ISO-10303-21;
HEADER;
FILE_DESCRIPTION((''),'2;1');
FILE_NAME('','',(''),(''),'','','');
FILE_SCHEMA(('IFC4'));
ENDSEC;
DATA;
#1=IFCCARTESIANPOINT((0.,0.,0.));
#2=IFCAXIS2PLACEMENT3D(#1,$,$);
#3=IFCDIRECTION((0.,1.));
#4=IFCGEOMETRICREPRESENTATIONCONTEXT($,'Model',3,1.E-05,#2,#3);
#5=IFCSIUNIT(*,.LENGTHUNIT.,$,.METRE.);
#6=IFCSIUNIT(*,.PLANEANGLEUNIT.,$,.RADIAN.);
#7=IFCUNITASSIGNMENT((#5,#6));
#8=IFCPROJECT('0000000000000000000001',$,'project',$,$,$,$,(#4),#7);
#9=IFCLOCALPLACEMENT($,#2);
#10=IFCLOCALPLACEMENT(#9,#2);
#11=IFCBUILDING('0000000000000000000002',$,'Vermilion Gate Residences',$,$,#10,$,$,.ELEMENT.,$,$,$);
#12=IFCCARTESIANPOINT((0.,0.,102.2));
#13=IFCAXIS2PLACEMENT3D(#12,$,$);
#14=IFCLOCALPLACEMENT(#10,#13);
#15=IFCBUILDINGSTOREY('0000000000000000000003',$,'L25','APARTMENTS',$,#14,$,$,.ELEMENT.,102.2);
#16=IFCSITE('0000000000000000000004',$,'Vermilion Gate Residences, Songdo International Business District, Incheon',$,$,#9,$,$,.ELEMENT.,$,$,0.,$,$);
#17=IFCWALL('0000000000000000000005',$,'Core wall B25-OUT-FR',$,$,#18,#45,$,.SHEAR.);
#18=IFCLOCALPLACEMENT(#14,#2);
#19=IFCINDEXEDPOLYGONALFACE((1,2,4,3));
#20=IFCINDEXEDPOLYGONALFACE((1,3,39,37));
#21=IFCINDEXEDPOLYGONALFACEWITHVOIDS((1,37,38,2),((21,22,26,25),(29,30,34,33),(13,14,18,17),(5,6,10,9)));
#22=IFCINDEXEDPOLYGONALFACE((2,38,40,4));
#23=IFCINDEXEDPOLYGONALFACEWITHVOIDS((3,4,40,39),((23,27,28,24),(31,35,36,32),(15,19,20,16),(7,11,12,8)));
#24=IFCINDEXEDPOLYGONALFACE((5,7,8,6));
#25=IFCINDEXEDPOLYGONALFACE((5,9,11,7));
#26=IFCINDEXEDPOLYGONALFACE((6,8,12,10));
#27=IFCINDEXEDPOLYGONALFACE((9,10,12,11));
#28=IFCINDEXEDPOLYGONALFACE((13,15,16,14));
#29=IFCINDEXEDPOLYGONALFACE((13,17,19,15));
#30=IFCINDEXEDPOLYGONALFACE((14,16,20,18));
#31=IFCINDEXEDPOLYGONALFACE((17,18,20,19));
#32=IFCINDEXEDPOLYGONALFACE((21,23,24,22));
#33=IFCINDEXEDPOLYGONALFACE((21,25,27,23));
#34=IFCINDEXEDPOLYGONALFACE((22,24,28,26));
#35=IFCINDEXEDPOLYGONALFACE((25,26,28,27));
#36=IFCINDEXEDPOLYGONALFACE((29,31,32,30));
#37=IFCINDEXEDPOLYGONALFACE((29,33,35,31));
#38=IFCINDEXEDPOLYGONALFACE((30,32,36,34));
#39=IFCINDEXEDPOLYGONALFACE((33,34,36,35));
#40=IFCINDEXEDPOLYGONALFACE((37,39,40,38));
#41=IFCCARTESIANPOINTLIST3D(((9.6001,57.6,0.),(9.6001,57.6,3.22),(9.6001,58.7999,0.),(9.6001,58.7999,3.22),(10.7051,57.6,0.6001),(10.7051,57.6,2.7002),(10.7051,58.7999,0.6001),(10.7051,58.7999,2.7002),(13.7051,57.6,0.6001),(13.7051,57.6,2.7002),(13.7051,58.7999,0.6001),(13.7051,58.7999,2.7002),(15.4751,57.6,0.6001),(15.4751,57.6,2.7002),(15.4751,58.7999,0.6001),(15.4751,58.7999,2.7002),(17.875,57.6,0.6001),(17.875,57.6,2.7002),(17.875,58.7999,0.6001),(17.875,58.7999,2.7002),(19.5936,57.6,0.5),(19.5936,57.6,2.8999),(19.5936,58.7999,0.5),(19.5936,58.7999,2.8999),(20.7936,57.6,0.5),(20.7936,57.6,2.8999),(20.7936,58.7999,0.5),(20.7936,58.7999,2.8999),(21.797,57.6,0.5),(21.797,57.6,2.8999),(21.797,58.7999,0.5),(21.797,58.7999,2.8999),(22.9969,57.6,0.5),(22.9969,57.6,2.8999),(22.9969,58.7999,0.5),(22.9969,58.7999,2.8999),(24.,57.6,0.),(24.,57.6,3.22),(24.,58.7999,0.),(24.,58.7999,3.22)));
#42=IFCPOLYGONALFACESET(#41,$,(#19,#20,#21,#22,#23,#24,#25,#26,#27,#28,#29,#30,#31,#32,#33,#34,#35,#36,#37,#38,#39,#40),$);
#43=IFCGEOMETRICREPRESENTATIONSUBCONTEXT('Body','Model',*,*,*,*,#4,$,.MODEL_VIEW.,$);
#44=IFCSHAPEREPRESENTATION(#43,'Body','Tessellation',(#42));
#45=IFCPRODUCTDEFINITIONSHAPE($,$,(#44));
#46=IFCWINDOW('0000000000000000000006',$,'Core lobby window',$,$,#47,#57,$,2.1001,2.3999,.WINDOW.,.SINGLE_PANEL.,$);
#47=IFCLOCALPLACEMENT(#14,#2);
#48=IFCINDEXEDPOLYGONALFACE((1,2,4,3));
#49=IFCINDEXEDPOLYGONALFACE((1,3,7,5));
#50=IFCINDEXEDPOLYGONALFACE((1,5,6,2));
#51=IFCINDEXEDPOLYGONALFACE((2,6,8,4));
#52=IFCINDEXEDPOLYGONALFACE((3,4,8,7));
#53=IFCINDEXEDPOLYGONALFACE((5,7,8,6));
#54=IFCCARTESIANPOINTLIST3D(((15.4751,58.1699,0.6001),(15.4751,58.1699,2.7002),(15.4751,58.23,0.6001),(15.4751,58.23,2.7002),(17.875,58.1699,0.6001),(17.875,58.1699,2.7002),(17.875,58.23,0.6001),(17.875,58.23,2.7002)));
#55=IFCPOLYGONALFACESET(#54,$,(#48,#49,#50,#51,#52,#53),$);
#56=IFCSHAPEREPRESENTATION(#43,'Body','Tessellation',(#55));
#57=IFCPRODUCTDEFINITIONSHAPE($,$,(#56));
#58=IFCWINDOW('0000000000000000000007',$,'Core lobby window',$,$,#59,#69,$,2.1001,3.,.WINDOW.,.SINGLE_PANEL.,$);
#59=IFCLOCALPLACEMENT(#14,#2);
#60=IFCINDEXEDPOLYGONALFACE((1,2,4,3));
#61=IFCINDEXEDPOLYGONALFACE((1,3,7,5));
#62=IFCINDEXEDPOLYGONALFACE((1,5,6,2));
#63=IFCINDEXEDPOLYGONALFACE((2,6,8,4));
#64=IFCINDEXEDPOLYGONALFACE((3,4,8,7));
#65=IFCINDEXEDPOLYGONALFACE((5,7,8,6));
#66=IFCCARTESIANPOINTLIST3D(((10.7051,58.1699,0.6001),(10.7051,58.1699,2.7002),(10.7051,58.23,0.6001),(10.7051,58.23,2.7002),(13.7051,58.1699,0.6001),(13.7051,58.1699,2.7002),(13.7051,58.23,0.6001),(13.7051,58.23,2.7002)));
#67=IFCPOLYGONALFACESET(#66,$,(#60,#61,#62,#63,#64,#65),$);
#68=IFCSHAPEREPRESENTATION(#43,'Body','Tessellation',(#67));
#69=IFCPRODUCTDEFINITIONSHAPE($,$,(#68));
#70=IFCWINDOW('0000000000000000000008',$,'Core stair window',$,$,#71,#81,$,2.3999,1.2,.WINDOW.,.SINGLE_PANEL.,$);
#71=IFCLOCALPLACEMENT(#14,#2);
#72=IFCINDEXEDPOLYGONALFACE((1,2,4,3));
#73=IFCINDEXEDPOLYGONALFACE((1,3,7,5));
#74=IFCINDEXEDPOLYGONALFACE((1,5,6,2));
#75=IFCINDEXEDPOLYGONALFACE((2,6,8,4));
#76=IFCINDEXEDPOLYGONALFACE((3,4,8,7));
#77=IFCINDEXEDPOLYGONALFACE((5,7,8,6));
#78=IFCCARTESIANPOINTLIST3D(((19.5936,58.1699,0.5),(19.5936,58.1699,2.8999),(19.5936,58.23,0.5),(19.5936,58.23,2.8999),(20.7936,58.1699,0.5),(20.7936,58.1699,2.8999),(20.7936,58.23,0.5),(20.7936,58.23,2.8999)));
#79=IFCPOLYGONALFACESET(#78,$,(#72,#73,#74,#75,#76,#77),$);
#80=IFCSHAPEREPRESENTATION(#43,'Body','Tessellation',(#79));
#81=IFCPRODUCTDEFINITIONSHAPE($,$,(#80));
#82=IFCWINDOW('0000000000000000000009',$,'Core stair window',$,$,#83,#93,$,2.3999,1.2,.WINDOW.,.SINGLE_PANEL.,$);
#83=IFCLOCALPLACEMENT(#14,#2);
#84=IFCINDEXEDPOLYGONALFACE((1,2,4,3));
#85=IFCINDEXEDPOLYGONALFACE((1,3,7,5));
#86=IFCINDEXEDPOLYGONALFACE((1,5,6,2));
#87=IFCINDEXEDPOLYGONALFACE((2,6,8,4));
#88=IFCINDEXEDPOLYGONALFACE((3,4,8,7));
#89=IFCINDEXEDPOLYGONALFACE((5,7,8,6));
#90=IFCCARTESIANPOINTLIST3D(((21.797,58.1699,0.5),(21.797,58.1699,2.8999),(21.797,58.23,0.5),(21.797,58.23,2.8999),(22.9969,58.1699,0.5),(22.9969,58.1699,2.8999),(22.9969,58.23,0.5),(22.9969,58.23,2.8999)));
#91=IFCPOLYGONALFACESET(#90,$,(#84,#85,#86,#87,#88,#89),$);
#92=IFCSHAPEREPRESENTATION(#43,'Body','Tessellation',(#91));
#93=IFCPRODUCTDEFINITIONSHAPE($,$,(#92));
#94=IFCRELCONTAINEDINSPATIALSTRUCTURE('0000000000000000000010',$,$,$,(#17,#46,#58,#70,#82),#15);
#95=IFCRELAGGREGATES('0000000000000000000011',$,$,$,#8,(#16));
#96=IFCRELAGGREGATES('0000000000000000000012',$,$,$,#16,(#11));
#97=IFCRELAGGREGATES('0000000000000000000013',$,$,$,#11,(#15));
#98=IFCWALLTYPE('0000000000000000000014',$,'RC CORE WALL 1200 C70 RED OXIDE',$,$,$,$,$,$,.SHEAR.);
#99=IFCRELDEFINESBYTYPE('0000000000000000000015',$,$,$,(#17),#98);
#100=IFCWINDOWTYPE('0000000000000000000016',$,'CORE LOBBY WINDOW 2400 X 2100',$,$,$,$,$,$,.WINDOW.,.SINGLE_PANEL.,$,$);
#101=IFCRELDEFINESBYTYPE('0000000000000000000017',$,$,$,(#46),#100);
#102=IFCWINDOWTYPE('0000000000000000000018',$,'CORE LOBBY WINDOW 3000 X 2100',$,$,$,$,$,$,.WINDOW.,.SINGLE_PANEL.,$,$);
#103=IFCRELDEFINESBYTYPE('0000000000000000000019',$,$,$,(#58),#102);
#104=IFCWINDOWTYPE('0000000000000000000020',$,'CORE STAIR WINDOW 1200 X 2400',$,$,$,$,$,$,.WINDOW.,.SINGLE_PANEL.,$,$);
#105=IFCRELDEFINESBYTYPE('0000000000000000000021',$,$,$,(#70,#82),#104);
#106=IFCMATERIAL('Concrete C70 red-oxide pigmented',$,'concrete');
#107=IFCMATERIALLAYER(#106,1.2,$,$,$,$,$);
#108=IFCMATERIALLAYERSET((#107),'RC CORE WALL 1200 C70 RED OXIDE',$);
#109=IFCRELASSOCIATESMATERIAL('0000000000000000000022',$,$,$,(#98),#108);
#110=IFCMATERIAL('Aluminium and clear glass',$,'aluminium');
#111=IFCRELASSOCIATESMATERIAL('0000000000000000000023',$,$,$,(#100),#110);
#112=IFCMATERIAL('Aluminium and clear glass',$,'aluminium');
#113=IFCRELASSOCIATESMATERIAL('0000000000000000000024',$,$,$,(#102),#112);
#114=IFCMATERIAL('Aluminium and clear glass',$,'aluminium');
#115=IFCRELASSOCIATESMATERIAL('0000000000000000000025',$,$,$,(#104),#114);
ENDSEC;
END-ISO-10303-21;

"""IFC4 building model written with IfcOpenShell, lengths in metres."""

from ifc_helpers import new_model, si_unit, direction, frame, frame_2d, origin, place, context, subcontext, project, spatial, rectangle, extrude, material, layer, layer_set, type_object, element, fill, save


model = new_model("IFC4")

# Units and contexts
model_context = context("Model", 3, precision=1e-05, world=origin(), true_north=direction((0.0, 1.0)))
body_context = subcontext(model_context, "Body", "Model", "MODEL_VIEW")
ifc_project = project(units=[si_unit("LENGTHUNIT", "METRE"), si_unit("PLANEANGLEUNIT", "RADIAN")], contexts=[model_context])

# Site, building, storey
site_placement = place(None, origin())
site = spatial("IfcSite", under=ifc_project, at=site_placement, Name="Vermilion Gate Residences, Songdo International Business District, Incheon", CompositionType="ELEMENT", RefElevation=0.0)
building_placement = place(site_placement, origin())
building = spatial("IfcBuilding", under=site, at=building_placement, Name="Vermilion Gate Residences", CompositionType="ELEMENT")
storey_placement = place(building_placement, frame((0.0, 0.0, 102.2)))
storey = spatial("IfcBuildingStorey", under=building, at=storey_placement, Name="L25", Description="APARTMENTS", CompositionType="ELEMENT", Elevation=102.2)

# Wall, openings, windows
ifc_material_1 = material(Name="Concrete C70 red-oxide pigmented", Category="concrete")
ifc_layer_1 = layer(ifc_material_1, 1.2)
ifc_layer_set_1 = layer_set([ifc_layer_1], Name="RC CORE WALL 1200 C70 RED OXIDE")
wall_type_1 = type_object("IfcWallType", Name="RC CORE WALL 1200 C70 RED OXIDE", PredefinedType="SHEAR", material=ifc_layer_set_1)
wall_1_placement = place(storey_placement, frame((9.6001, 58.2, 0.0), z_axis=(0.0, 0.0, 1.0), x_axis=(1.0, 0.0, 0.0)))
wall_1 = element("IfcWall", 1, at=wall_1_placement, inside=storey, type_object=wall_type_1, Name="Core wall B25-OUT-FR", PredefinedType="SHEAR", context=body_context, shape_type="SweptSolid", body=[
    extrude(rectangle(XDim=14.3999, YDim=1.2, at=frame_2d((7.2, 0.0))), origin(), (0.0, 0.0, 1.0), 3.22),
])
opening_1_placement = place(wall_1_placement, frame((1.105, 0.0, 0.6001)))
opening_1 = element("IfcOpeningElement", 2, at=opening_1_placement, cuts=wall_1, PredefinedType="OPENING", context=body_context, shape_type="SweptSolid", body=[
    extrude(rectangle(XDim=3.0, YDim=2.1001, at=frame_2d((1.5, 1.05))), frame((0.0, 0.6099, 0.0), z_axis=(0.0, -1.0, 0.0), x_axis=(1.0, 0.0, 0.0)), (0.0, 0.0, 1.0), 1.22),
])
opening_2_placement = place(wall_1_placement, frame((5.875, 0.0, 0.6001)))
opening_2 = element("IfcOpeningElement", 3, at=opening_2_placement, cuts=wall_1, PredefinedType="OPENING", context=body_context, shape_type="SweptSolid", body=[
    extrude(rectangle(XDim=2.3999, YDim=2.1001, at=frame_2d((1.2, 1.05))), frame((0.0, 0.6099, 0.0), z_axis=(0.0, -1.0, 0.0), x_axis=(1.0, 0.0, 0.0)), (0.0, 0.0, 1.0), 1.22),
])
opening_3_placement = place(wall_1_placement, frame((9.9934, 0.0, 0.5)))
opening_3 = element("IfcOpeningElement", 4, at=opening_3_placement, cuts=wall_1, PredefinedType="OPENING", context=body_context, shape_type="SweptSolid", body=[
    extrude(rectangle(XDim=1.2, YDim=2.3999, at=frame_2d((0.6001, 1.2))), frame((0.0, 0.6099, 0.0), z_axis=(0.0, -1.0, 0.0), x_axis=(1.0, 0.0, 0.0)), (0.0, 0.0, 1.0), 1.22),
])
opening_4_placement = place(wall_1_placement, frame((12.1968, 0.0, 0.5)))
opening_4 = element("IfcOpeningElement", 5, at=opening_4_placement, cuts=wall_1, PredefinedType="OPENING", context=body_context, shape_type="SweptSolid", body=[
    extrude(rectangle(XDim=1.2, YDim=2.3999, at=frame_2d((0.6001, 1.2))), frame((0.0, 0.6099, 0.0), z_axis=(0.0, -1.0, 0.0), x_axis=(1.0, 0.0, 0.0)), (0.0, 0.0, 1.0), 1.22),
])
ifc_material_2 = material(Name="Aluminium and clear glass", Category="aluminium")
window_type_1 = type_object("IfcWindowType", Name="CORE LOBBY WINDOW 2400 X 2100", PartitioningType="SINGLE_PANEL", PredefinedType="WINDOW", material=ifc_material_2)
window_1_placement = place(opening_2_placement, origin())
window_1 = element("IfcWindow", 6, at=window_1_placement, inside=storey, type_object=window_type_1, Name="Core lobby window", OverallHeight=2.1001, OverallWidth=2.3999, PartitioningType="SINGLE_PANEL", PredefinedType="WINDOW", context=body_context, shape_type="SweptSolid", body=[
    extrude(rectangle(XDim=2.3999, YDim=2.1001, at=frame_2d((1.2, 1.05))), frame((0.0, 0.03, 0.0), z_axis=(0.0, -1.0, 0.0), x_axis=(1.0, 0.0, 0.0)), (0.0, 0.0, 1.0), 0.0601),
])
fill(opening_2, window_1)
ifc_material_3 = material(Name="Aluminium and clear glass", Category="aluminium")
window_type_2 = type_object("IfcWindowType", Name="CORE LOBBY WINDOW 3000 X 2100", PartitioningType="SINGLE_PANEL", PredefinedType="WINDOW", material=ifc_material_3)
window_2_placement = place(opening_1_placement, origin())
window_2 = element("IfcWindow", 7, at=window_2_placement, inside=storey, type_object=window_type_2, Name="Core lobby window", OverallHeight=2.1001, OverallWidth=3.0, PartitioningType="SINGLE_PANEL", PredefinedType="WINDOW", context=body_context, shape_type="SweptSolid", body=[
    extrude(rectangle(XDim=3.0, YDim=2.1001, at=frame_2d((1.5, 1.05))), frame((0.0, 0.03, 0.0), z_axis=(0.0, -1.0, 0.0), x_axis=(1.0, 0.0, 0.0)), (0.0, 0.0, 1.0), 0.0601),
])
fill(opening_1, window_2)
ifc_material_4 = material(Name="Aluminium and clear glass", Category="aluminium")
window_type_3 = type_object("IfcWindowType", Name="CORE STAIR WINDOW 1200 X 2400", PartitioningType="SINGLE_PANEL", PredefinedType="WINDOW", material=ifc_material_4)
window_3_placement = place(opening_3_placement, origin())
window_3 = element("IfcWindow", 8, at=window_3_placement, inside=storey, type_object=window_type_3, Name="Core stair window", OverallHeight=2.3999, OverallWidth=1.2, PartitioningType="SINGLE_PANEL", PredefinedType="WINDOW", context=body_context, shape_type="SweptSolid", body=[
    extrude(rectangle(XDim=1.2, YDim=2.3999, at=frame_2d((0.6001, 1.2))), frame((0.0, 0.03, 0.0), z_axis=(0.0, -1.0, 0.0), x_axis=(1.0, 0.0, 0.0)), (0.0, 0.0, 1.0), 0.0601),
])
fill(opening_3, window_3)
window_4_placement = place(opening_4_placement, origin())
window_4 = element("IfcWindow", 9, at=window_4_placement, inside=storey, type_object=window_type_3, Name="Core stair window", OverallHeight=2.3999, OverallWidth=1.2, PartitioningType="SINGLE_PANEL", PredefinedType="WINDOW", context=body_context, shape_type="SweptSolid", body=[
    extrude(rectangle(XDim=1.2, YDim=2.3999, at=frame_2d((0.6001, 1.2))), frame((0.0, 0.03, 0.0), z_axis=(0.0, -1.0, 0.0), x_axis=(1.0, 0.0, 0.0)), (0.0, 0.0, 1.0), 0.0601),
])
fill(opening_4, window_4)

save(model, "model.ifc")
